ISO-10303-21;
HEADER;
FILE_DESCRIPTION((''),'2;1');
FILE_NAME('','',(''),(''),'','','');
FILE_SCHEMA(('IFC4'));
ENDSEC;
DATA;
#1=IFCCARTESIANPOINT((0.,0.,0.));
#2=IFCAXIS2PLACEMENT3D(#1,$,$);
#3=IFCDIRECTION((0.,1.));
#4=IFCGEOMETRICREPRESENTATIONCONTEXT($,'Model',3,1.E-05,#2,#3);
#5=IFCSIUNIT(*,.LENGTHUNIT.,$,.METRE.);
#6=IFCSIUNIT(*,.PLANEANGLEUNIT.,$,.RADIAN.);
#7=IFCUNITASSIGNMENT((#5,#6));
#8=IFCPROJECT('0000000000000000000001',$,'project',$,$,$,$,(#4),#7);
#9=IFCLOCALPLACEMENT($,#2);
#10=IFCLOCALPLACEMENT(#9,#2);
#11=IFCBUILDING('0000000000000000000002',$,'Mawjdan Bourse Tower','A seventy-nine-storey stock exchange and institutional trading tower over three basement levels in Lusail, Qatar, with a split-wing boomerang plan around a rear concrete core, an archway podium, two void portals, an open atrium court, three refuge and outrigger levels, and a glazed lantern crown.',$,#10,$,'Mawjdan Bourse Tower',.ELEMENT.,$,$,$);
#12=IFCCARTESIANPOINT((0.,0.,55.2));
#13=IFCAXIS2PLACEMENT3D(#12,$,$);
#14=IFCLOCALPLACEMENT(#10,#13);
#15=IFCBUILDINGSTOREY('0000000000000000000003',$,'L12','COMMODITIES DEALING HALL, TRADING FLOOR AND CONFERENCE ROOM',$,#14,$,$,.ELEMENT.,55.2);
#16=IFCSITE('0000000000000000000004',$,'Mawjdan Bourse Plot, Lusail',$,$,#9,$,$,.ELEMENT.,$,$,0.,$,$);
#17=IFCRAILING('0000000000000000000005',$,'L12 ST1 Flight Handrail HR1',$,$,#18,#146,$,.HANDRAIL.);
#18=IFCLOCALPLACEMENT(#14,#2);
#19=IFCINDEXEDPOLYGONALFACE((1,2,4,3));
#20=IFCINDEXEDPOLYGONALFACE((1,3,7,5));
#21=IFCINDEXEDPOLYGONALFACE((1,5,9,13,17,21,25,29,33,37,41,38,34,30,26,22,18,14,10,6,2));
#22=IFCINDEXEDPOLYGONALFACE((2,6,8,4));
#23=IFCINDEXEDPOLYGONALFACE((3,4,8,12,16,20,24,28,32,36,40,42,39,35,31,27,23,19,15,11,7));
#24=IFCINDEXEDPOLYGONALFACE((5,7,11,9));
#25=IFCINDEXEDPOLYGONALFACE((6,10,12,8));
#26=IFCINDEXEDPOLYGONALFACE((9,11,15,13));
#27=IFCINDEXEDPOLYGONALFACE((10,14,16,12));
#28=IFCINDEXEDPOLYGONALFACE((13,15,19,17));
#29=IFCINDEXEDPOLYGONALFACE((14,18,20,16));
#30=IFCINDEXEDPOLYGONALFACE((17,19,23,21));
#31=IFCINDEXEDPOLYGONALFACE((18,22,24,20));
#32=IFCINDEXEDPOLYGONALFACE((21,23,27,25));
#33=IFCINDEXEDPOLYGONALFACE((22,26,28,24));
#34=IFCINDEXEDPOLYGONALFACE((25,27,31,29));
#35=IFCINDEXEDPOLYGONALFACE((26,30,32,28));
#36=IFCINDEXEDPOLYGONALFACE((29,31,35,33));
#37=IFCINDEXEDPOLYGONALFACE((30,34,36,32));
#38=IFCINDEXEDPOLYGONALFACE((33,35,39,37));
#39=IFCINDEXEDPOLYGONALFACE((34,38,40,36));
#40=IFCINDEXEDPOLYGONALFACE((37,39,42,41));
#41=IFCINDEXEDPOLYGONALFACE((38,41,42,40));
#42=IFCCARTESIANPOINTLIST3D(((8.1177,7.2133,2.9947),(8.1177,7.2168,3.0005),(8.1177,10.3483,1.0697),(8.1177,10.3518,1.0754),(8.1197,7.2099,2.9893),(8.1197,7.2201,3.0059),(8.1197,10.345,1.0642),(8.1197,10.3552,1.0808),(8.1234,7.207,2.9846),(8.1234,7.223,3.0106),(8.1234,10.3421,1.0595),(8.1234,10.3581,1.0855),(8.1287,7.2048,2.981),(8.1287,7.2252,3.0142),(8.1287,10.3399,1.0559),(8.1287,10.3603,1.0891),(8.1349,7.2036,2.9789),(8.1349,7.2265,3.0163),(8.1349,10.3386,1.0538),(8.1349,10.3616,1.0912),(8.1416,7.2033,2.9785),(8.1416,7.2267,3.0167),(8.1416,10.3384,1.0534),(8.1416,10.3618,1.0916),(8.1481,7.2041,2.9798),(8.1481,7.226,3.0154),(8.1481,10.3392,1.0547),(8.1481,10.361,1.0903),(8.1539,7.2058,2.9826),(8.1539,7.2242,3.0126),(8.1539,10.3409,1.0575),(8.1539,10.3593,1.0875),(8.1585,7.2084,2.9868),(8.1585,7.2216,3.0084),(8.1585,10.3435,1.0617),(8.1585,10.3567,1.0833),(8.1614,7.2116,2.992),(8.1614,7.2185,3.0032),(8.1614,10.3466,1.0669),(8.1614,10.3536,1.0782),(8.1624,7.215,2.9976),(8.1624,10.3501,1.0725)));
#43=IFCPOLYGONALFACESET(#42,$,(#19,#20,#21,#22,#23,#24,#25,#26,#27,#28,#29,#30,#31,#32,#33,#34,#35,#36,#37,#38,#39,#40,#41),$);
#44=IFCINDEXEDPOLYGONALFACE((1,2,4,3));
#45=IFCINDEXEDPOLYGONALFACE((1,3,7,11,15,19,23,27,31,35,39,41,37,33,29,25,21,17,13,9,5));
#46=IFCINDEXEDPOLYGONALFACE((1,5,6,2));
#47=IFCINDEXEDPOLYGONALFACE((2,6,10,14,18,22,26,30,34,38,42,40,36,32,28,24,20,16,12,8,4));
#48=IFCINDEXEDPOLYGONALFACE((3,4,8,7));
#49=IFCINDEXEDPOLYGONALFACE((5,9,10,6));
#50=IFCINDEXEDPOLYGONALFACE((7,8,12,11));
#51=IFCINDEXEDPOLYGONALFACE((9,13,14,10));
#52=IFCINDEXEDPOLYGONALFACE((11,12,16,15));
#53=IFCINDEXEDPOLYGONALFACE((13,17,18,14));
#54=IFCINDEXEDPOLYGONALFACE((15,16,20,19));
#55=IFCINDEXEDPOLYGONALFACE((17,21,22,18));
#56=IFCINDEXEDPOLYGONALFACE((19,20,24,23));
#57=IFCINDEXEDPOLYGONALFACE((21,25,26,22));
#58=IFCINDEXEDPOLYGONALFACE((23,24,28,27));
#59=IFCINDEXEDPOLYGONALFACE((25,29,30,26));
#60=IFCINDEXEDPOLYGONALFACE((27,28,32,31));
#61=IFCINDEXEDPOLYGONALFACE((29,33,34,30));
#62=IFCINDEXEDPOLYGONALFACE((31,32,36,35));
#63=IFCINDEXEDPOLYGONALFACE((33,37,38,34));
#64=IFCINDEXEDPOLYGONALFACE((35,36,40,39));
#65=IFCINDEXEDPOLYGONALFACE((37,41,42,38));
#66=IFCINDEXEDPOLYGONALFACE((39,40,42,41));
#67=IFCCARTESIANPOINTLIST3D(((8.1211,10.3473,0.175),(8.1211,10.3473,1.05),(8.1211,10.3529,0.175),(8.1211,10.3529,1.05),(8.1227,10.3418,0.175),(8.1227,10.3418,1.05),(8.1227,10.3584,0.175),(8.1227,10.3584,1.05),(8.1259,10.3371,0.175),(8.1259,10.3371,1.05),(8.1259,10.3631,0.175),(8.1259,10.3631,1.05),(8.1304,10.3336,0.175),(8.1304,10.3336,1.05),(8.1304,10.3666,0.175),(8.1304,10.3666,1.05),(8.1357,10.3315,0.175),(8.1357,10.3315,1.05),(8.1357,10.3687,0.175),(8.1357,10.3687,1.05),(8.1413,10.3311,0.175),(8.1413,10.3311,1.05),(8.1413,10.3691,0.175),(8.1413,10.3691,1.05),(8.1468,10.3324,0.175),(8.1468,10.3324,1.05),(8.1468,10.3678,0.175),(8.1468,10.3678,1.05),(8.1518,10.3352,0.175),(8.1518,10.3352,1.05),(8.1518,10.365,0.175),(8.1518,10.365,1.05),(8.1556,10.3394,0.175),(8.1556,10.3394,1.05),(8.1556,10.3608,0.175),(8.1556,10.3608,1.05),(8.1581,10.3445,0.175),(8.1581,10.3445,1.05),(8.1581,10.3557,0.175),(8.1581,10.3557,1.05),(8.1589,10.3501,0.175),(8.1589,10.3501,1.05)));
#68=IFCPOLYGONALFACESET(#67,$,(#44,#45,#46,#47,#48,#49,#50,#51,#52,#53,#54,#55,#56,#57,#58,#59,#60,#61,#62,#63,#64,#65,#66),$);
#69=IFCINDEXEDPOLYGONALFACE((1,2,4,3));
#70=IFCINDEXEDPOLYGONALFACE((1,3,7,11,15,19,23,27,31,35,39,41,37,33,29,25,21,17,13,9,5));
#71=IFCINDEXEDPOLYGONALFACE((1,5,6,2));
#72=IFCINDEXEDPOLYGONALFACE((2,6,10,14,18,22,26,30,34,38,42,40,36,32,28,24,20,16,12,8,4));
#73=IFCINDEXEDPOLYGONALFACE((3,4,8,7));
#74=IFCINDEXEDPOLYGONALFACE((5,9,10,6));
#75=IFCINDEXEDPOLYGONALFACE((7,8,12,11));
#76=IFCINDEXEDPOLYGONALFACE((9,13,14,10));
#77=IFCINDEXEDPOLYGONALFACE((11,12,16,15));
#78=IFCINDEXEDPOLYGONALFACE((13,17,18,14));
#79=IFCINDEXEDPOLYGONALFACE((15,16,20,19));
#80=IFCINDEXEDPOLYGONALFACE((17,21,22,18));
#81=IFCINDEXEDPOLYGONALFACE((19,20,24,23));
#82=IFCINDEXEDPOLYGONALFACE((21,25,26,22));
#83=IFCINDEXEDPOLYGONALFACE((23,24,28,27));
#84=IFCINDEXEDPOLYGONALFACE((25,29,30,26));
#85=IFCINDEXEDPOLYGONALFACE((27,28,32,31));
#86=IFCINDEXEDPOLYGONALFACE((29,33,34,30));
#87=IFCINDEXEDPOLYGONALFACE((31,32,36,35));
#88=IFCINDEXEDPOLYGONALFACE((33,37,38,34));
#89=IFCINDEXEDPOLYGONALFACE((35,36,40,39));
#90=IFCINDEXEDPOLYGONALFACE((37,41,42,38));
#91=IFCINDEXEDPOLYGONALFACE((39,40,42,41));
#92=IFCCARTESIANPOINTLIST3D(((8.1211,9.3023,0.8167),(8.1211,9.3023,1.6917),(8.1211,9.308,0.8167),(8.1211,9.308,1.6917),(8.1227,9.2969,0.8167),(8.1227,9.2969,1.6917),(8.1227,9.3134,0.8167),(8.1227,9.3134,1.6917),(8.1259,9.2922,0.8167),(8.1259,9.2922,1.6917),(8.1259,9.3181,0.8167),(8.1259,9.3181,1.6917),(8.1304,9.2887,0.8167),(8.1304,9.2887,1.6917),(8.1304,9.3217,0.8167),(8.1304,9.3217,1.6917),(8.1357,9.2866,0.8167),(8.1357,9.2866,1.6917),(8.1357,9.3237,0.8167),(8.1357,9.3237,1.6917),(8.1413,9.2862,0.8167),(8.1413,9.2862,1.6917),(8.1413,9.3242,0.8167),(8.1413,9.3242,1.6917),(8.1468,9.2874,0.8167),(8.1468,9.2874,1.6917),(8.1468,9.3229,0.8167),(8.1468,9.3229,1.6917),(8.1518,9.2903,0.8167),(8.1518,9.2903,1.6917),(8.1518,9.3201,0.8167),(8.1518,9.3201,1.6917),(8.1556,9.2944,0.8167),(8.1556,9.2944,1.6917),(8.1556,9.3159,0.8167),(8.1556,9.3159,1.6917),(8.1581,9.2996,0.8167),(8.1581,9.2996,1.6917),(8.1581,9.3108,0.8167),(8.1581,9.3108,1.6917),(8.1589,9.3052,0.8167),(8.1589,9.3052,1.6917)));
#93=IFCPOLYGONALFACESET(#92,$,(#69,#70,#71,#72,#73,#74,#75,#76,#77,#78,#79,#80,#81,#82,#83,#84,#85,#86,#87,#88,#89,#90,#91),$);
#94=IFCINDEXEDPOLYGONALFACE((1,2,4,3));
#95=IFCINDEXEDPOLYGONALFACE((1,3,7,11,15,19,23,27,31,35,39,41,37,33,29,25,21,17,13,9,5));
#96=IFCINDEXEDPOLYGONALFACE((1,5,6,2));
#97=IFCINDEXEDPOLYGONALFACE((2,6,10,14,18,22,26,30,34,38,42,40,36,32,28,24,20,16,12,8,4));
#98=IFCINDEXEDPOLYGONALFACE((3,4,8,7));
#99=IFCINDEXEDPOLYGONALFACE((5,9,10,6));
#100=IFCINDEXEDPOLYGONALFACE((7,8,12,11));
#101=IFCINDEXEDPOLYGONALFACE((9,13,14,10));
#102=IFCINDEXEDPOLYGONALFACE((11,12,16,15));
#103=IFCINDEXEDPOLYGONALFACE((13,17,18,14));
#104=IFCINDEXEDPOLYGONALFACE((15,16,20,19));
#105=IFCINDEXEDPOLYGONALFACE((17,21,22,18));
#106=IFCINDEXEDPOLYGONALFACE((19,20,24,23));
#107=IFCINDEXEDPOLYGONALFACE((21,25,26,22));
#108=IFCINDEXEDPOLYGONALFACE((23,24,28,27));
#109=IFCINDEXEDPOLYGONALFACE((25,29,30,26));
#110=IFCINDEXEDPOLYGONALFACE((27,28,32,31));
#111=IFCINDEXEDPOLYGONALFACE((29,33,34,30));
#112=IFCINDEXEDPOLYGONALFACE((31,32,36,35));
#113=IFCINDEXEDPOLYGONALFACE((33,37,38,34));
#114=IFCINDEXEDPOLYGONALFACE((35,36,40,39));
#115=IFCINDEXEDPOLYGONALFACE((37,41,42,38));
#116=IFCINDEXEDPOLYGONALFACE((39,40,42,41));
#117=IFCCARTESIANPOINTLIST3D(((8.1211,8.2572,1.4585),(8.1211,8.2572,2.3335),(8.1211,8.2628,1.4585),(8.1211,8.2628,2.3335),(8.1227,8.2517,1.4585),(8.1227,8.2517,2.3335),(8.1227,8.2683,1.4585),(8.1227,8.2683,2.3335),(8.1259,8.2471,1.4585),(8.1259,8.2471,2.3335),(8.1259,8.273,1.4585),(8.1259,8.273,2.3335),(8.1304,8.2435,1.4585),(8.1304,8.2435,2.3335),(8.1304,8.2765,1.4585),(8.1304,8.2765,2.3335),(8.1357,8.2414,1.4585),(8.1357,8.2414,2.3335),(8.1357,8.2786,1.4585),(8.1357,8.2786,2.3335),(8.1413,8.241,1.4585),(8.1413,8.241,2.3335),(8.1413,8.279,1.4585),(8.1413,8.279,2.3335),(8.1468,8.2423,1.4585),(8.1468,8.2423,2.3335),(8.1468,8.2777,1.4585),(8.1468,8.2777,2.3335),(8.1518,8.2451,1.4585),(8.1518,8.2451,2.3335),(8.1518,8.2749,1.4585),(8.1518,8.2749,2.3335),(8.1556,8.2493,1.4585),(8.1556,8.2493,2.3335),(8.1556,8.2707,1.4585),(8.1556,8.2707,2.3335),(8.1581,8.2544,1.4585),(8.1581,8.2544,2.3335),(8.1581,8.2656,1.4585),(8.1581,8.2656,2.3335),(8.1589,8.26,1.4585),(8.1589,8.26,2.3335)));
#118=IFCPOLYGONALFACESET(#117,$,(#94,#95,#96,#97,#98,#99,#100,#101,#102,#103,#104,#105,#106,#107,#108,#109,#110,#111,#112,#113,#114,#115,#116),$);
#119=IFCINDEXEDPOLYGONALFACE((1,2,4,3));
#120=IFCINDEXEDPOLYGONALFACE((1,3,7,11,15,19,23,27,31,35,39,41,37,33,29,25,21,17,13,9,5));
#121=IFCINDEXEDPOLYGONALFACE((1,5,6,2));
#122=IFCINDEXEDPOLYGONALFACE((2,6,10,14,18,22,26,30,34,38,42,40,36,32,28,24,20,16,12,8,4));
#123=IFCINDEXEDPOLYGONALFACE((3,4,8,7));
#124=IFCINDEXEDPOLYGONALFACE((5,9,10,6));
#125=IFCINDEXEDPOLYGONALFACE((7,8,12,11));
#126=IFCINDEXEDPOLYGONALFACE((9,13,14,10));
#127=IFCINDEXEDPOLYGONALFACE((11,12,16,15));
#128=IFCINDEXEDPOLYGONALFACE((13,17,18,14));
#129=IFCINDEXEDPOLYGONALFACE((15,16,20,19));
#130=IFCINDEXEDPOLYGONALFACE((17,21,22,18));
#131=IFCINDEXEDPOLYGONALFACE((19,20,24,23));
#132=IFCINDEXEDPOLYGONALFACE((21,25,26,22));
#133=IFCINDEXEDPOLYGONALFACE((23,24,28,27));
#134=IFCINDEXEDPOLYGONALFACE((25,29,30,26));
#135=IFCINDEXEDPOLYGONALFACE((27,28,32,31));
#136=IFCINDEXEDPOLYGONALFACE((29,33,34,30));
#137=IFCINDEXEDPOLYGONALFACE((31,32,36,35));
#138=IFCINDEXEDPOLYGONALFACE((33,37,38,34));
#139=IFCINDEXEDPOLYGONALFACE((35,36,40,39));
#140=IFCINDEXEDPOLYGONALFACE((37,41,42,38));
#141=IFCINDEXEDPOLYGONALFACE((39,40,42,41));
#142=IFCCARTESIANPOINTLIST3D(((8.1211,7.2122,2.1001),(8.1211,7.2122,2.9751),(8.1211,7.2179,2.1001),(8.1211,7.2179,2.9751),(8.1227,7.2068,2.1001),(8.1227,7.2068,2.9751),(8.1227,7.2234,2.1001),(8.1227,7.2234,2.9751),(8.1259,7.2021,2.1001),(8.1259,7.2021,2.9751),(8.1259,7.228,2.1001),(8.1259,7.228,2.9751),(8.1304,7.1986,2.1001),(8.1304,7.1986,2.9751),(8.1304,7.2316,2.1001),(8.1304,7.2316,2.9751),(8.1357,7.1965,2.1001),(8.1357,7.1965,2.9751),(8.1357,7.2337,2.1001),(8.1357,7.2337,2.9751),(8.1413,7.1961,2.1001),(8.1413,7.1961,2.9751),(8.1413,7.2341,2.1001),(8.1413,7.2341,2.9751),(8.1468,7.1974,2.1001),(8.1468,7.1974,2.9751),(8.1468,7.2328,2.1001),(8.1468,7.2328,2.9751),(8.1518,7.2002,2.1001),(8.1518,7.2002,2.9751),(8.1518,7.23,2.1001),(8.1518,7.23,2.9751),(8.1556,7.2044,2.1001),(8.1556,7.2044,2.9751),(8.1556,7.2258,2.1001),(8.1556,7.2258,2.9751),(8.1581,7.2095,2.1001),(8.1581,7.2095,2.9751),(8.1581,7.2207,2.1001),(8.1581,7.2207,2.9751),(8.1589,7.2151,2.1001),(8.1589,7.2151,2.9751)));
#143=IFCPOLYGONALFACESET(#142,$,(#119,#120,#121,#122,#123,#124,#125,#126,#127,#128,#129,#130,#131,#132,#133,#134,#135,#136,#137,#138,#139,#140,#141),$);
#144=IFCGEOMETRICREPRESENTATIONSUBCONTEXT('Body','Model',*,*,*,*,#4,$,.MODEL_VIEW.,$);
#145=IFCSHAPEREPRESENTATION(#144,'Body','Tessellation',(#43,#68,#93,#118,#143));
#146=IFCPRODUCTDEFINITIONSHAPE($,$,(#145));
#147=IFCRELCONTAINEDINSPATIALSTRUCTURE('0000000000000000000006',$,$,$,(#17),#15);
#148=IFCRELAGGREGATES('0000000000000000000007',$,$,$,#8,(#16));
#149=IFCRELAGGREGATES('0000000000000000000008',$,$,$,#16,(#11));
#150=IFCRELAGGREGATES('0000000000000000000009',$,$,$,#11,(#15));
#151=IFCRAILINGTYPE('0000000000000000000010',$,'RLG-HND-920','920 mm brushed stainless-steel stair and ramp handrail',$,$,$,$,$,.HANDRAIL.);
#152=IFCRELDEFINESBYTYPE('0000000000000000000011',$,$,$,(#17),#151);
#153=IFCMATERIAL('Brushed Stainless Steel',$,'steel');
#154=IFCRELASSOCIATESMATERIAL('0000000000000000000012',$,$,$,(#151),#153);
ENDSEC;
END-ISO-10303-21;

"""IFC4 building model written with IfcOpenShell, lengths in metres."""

from ifc_helpers import new_model, si_unit, direction, frame, origin, origin_2d, place, context, subcontext, project, spatial, circle, extrude, material, type_object, element, save


model = new_model("IFC4")

# Units and contexts
model_context = context("Model", 3, precision=1e-05, world=origin(), true_north=direction((0.0, 1.0)))
body_context = subcontext(model_context, "Body", "Model", "MODEL_VIEW")
ifc_project = project(units=[si_unit("LENGTHUNIT", "METRE"), si_unit("PLANEANGLEUNIT", "RADIAN")], contexts=[model_context])

# Site, building, storey
site_placement = place(None, origin())
site = spatial("IfcSite", under=ifc_project, at=site_placement, Name="Mawjdan Bourse Plot, Lusail", CompositionType="ELEMENT", RefElevation=0.0)
building_placement = place(site_placement, origin())
building = spatial("IfcBuilding", under=site, at=building_placement, Name="Mawjdan Bourse Tower", Description="A seventy-nine-storey stock exchange and institutional trading tower over three basement levels in Lusail, Qatar, with a split-wing boomerang plan around a rear concrete core, an archway podium, two void portals, an open atrium court, three refuge and outrigger levels, and a glazed lantern crown.", LongName="Mawjdan Bourse Tower", CompositionType="ELEMENT")
storey_placement = place(building_placement, frame((0.0, 0.0, 55.2)))
storey = spatial("IfcBuildingStorey", under=building, at=storey_placement, Name="L12", Description="COMMODITIES DEALING HALL, TRADING FLOOR AND CONFERENCE ROOM", CompositionType="ELEMENT", Elevation=55.2)

# Railing
ifc_material_1 = material(Name="Brushed Stainless Steel", Category="steel")
railing_type_1 = type_object("IfcRailingType", Name="RLG-HND-920", Description="920 mm brushed stainless-steel stair and ramp handrail", PredefinedType="HANDRAIL", material=ifc_material_1)
railing_1_placement = place(storey_placement, frame((8.1399, 10.3501, 0.175)))
element("IfcRailing", 1, at=railing_1_placement, inside=storey, type_object=railing_type_1, Name="L12 ST1 Flight Handrail HR1", PredefinedType="HANDRAIL", context=body_context, shape_type="SweptSolid", body=[
    extrude(circle(Radius=0.0225, at=origin_2d()), frame((0.0, 0.0, 0.8975), z_axis=(0.0, -0.852166, 0.523271), x_axis=(1.0, 0.0, 0.0)), (0.0, 0.0, 1.0), 3.679),
    extrude(circle(Radius=0.019, at=origin_2d()), origin(), (0.0, 0.0, 1.0), 0.875),
    extrude(circle(Radius=0.019, at=origin_2d()), frame((0.0, -1.0449, 0.6416)), (0.0, 0.0, 1.0), 0.875),
    extrude(circle(Radius=0.019, at=origin_2d()), frame((0.0, -2.0901, 1.2834)), (0.0, 0.0, 1.0), 0.875),
    extrude(circle(Radius=0.019, at=origin_2d()), frame((0.0, -3.135, 1.925)), (0.0, 0.0, 1.0), 0.875),
])

save(model, "model.ifc")
